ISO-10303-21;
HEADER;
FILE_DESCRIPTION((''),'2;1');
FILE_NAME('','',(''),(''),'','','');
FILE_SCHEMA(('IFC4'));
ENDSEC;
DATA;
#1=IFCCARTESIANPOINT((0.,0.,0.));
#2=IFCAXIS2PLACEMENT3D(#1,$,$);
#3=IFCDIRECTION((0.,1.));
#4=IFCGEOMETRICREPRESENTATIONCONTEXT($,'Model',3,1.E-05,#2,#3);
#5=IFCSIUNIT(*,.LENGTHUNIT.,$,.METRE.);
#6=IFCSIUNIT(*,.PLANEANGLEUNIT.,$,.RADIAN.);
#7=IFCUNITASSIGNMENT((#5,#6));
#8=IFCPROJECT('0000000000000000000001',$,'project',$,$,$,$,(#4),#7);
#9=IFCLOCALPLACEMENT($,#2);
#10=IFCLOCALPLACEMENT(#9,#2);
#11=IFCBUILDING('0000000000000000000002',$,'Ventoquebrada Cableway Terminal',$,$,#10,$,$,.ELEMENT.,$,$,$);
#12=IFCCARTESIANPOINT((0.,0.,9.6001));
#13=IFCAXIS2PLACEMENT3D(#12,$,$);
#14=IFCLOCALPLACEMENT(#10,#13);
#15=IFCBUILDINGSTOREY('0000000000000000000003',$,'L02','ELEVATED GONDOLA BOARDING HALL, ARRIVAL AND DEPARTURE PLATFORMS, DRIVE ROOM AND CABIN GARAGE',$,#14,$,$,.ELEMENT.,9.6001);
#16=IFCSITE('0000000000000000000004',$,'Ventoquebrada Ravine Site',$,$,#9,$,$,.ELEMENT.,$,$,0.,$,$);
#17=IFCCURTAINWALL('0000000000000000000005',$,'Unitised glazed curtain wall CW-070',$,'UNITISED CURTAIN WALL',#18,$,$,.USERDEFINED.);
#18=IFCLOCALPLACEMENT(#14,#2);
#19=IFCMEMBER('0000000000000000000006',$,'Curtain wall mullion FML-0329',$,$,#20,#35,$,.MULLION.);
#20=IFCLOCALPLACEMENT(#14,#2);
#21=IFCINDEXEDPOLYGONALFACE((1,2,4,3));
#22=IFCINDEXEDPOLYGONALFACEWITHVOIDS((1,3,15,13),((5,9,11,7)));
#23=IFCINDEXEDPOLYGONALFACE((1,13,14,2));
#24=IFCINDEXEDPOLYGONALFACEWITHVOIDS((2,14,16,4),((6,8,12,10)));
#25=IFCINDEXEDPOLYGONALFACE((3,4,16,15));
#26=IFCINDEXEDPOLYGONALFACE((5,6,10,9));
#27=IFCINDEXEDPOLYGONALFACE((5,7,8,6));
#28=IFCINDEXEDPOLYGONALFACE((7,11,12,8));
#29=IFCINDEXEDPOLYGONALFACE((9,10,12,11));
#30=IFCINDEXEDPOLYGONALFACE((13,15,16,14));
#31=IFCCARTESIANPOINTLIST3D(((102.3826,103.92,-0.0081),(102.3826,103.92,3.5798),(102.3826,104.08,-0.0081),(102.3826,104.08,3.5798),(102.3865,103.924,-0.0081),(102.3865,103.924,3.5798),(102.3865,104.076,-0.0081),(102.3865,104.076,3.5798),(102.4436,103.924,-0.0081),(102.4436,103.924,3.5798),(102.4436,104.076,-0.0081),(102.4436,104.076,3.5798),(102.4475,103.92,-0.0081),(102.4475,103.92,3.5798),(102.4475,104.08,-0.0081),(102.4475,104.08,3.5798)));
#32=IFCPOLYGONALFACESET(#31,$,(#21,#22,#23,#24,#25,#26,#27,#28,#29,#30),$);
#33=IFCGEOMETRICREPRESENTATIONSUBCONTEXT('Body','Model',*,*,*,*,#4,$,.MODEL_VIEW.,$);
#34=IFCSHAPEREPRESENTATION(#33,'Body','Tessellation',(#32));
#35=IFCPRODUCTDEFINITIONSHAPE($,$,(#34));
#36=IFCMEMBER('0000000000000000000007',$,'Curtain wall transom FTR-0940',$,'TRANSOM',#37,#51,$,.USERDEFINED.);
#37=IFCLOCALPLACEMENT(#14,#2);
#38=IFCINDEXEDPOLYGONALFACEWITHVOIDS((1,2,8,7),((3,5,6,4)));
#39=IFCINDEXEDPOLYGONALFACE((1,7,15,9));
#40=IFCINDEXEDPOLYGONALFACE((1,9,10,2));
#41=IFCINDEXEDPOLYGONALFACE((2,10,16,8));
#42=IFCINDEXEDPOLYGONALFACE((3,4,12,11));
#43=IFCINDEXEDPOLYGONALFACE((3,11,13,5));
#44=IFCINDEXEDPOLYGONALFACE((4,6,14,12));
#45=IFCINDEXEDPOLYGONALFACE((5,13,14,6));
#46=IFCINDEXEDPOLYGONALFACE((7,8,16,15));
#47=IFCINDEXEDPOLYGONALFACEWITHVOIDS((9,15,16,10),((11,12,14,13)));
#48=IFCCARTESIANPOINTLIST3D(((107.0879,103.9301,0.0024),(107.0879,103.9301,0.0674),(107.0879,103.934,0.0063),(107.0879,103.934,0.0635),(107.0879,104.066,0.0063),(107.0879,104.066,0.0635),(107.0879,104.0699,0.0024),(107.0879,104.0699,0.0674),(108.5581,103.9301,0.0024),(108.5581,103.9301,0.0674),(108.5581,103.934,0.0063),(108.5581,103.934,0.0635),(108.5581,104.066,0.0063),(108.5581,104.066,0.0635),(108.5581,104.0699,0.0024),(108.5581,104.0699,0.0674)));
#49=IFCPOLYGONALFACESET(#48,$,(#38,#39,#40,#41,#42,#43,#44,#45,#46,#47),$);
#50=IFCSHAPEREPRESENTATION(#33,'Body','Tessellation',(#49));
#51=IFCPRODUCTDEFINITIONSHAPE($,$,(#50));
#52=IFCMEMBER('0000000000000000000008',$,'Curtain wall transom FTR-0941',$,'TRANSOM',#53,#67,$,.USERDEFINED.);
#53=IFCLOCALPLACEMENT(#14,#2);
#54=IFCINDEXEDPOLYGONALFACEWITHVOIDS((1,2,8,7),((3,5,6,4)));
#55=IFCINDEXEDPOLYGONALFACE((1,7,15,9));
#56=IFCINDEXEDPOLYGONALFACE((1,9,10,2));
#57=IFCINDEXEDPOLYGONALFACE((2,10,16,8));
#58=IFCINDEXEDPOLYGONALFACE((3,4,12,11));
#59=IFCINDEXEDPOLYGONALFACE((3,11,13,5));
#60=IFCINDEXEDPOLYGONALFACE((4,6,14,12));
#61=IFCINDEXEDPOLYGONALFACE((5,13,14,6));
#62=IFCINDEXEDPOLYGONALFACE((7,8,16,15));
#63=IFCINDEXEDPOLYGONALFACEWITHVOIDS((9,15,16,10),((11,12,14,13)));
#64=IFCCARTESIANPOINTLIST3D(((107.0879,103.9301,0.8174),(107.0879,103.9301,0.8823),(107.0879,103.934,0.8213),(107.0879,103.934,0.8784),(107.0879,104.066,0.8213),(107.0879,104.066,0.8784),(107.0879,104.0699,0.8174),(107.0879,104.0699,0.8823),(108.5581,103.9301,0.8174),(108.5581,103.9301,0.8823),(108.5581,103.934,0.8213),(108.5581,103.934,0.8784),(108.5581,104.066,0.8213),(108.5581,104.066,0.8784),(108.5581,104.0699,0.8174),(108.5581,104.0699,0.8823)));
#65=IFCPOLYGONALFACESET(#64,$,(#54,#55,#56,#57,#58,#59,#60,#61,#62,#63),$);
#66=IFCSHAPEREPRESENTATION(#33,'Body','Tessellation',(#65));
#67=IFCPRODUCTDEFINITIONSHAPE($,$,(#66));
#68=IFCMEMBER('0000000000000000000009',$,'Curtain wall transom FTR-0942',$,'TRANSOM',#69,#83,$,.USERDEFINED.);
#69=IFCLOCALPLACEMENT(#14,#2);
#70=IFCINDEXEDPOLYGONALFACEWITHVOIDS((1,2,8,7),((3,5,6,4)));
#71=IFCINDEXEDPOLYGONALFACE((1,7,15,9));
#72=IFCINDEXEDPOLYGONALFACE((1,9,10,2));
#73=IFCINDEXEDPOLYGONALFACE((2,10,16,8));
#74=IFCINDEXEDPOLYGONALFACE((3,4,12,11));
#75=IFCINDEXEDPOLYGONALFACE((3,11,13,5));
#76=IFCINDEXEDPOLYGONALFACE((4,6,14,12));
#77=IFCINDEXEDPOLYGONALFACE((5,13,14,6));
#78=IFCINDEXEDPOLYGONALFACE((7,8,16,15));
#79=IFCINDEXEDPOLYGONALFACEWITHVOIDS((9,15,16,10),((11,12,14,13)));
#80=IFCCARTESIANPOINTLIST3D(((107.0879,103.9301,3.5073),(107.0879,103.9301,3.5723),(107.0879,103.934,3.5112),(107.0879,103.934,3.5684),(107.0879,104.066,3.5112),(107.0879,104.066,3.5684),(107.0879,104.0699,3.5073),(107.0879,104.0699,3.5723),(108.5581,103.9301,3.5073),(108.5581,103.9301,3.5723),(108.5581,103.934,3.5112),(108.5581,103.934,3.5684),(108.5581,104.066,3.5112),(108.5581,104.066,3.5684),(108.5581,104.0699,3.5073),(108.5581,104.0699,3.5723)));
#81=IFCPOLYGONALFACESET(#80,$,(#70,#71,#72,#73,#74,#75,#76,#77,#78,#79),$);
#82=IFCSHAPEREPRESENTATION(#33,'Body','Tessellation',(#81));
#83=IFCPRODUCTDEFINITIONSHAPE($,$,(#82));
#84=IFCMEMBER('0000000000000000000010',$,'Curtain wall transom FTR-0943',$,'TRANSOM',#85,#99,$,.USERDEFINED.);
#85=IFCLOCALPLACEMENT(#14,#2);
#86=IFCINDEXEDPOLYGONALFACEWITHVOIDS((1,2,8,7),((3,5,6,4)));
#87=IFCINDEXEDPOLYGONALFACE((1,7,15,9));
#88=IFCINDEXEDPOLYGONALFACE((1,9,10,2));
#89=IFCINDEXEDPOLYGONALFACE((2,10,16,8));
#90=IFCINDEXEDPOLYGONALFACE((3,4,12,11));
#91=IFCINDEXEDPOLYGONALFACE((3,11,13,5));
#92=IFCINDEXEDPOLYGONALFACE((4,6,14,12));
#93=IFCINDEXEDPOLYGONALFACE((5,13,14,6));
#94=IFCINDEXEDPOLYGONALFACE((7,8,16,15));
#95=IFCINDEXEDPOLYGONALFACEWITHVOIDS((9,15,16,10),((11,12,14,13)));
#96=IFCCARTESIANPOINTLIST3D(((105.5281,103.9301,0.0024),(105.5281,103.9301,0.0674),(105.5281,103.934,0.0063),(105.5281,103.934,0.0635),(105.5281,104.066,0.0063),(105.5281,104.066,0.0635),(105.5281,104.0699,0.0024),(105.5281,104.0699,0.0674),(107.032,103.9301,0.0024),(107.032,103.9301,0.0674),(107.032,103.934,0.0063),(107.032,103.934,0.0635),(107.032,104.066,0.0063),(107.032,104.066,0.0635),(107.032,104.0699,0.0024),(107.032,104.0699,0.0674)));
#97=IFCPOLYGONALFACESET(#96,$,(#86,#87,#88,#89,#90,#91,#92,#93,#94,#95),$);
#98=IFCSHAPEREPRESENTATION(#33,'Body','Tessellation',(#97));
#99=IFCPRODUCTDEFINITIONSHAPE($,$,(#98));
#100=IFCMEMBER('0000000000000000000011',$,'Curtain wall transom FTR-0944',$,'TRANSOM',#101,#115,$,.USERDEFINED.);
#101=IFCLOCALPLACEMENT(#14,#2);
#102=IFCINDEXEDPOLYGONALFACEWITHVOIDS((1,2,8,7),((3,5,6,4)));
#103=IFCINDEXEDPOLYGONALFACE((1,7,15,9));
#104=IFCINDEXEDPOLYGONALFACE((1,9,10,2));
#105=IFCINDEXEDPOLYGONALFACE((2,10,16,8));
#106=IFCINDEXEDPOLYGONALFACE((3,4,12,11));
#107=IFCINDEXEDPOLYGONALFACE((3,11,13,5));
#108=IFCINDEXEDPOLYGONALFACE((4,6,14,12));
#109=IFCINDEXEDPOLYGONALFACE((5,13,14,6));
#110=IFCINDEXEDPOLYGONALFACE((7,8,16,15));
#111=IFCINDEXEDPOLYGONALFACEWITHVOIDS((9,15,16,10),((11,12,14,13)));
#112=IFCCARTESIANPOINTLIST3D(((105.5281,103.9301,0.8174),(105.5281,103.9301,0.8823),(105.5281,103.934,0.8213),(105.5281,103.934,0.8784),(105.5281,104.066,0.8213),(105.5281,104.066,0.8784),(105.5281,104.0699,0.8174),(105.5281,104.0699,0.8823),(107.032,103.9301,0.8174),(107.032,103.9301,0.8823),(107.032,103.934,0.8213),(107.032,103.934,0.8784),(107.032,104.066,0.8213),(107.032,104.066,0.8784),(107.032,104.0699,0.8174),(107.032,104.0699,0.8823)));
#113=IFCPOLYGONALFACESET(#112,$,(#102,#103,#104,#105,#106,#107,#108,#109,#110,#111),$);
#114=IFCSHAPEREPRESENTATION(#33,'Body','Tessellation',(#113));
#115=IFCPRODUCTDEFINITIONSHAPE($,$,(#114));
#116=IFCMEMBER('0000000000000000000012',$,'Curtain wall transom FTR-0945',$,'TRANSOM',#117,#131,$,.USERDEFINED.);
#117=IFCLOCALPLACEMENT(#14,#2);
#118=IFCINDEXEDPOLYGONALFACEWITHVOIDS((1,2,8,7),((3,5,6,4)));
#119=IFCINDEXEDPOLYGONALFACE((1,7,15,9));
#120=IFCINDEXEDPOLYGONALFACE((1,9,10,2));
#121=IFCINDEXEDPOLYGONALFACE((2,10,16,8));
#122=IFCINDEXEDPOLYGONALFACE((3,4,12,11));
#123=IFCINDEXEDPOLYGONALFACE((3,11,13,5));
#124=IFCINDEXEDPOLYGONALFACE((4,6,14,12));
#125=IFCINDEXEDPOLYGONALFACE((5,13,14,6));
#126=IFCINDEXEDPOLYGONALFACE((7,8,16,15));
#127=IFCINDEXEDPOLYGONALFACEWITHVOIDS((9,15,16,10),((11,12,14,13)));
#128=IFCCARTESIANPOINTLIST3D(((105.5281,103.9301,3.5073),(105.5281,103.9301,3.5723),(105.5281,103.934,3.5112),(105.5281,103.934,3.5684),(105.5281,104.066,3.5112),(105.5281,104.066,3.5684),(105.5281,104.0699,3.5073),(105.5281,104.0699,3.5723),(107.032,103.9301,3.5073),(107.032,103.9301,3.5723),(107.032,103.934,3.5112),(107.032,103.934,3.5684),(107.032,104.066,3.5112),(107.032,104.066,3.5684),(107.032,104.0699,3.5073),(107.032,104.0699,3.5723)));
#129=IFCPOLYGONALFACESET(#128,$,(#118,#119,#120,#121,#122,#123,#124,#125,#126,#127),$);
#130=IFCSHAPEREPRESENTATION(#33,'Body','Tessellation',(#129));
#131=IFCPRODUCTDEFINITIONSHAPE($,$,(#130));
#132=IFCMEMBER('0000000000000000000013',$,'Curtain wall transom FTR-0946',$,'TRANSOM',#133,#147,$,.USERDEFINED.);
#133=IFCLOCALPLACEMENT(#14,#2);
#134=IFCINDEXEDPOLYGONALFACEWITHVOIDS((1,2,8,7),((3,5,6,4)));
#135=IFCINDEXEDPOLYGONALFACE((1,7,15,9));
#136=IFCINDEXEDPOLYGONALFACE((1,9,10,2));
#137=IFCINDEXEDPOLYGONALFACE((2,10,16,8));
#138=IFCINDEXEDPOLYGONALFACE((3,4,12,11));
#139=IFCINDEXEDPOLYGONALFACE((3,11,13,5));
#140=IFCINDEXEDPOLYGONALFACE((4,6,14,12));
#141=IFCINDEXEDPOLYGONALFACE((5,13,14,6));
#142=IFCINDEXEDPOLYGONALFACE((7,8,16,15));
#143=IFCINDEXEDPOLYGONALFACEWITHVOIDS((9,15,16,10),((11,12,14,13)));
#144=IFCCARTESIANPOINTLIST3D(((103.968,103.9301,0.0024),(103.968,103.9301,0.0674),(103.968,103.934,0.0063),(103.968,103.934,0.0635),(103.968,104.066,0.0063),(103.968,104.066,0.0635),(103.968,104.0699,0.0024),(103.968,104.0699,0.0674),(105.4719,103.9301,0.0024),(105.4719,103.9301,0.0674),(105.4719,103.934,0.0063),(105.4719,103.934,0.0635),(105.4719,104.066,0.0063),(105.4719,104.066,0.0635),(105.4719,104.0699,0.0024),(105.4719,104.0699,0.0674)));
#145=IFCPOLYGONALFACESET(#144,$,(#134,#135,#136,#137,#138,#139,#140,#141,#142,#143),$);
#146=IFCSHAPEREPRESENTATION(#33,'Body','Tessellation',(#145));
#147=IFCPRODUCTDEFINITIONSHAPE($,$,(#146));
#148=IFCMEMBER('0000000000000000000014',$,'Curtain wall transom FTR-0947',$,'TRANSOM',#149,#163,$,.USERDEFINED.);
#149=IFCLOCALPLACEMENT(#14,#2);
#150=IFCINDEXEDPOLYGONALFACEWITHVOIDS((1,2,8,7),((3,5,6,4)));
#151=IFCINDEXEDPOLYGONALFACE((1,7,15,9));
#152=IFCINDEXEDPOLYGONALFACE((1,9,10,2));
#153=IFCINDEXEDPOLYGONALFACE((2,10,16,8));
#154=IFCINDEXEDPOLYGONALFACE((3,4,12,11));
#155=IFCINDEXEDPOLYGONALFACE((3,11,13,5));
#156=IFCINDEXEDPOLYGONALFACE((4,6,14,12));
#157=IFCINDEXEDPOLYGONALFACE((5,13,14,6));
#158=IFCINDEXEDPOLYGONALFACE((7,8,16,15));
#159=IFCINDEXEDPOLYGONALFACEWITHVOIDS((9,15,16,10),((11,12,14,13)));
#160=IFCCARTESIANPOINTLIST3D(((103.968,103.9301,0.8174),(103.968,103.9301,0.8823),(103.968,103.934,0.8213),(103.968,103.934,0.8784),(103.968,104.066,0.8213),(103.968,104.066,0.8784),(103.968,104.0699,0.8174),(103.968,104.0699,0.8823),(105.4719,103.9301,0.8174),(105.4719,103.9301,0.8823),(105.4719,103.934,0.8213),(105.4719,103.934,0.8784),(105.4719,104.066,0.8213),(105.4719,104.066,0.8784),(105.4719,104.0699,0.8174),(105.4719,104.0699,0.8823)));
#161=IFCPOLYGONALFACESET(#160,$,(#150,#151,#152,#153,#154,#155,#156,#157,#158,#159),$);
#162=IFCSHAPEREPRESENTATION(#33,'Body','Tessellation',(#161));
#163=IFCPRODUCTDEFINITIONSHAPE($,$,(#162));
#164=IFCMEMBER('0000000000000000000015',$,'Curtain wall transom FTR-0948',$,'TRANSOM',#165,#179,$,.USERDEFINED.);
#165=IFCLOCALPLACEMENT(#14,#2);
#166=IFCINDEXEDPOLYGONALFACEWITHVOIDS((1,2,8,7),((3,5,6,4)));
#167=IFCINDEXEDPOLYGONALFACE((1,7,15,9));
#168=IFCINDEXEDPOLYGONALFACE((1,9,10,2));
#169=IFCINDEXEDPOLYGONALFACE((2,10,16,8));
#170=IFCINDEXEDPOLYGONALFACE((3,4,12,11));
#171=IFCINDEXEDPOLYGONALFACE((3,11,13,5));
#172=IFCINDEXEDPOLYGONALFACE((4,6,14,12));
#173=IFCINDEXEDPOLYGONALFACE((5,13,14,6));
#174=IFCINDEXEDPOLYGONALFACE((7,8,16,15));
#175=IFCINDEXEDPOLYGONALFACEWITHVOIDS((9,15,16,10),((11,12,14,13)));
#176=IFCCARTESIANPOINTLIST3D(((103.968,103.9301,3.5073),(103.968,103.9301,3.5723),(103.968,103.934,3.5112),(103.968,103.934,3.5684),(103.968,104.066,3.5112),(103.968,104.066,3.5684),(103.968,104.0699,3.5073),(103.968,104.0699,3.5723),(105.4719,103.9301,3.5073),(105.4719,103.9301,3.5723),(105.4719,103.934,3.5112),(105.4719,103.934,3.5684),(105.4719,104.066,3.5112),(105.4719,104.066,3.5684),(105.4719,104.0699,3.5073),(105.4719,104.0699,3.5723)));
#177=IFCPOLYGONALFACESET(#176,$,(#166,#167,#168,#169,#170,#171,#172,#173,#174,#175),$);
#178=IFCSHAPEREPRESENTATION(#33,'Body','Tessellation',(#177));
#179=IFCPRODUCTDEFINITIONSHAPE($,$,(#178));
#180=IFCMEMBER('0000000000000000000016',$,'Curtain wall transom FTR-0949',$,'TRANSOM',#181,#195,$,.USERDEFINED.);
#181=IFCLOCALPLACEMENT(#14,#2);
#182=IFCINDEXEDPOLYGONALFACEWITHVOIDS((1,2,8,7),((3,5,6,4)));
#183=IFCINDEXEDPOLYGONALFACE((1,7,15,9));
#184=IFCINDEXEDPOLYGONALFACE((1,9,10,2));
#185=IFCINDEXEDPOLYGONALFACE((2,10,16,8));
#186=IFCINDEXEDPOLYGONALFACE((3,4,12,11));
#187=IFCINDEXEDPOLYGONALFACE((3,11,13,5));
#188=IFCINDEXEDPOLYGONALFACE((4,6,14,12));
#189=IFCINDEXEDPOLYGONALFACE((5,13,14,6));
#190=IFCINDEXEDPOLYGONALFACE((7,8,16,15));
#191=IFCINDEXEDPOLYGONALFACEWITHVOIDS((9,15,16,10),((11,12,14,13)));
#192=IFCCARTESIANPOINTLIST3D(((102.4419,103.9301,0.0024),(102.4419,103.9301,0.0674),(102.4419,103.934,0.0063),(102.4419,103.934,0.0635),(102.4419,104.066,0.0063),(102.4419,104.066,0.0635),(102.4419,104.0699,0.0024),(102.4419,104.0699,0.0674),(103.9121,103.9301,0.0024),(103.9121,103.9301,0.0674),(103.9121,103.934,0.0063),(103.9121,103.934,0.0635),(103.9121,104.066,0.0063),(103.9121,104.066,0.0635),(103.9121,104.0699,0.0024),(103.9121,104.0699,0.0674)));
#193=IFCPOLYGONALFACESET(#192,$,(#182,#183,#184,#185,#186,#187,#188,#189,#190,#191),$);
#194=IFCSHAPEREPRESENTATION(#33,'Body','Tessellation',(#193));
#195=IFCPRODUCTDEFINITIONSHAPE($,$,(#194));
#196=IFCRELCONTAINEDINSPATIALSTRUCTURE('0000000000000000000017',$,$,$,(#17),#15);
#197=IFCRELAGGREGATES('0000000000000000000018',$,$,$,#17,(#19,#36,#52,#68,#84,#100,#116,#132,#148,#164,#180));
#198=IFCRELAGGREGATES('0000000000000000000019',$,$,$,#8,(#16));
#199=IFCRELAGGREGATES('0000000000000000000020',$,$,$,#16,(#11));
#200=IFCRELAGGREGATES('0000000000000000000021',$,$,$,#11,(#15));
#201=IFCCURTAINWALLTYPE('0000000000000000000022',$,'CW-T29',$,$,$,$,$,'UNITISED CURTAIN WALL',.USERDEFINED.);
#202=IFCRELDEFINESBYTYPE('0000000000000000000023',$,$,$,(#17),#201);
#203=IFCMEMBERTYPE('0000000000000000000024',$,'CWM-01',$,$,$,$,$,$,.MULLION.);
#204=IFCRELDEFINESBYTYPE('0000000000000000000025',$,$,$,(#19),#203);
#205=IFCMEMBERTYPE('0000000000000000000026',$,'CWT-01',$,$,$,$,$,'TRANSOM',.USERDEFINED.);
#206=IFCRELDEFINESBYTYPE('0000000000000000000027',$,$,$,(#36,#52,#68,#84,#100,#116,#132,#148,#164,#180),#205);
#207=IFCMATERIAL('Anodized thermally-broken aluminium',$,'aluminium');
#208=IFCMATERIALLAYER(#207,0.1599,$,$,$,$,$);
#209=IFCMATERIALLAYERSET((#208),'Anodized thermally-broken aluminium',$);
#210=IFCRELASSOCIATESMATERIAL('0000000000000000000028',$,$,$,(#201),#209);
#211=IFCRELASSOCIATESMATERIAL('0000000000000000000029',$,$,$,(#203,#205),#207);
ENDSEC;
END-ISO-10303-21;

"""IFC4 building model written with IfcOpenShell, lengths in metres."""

from ifc_helpers import new_model, si_unit, direction, frame, origin, origin_2d, place, context, subcontext, project, spatial, hollow_rectangle, extrude, material, layer, layer_set, material_profile, profile_set, type_object, element, aggregate, save


model = new_model("IFC4")

# Units and contexts
model_context = context("Model", 3, precision=1e-05, world=origin(), true_north=direction((0.0, 1.0)))
body_context = subcontext(model_context, "Body", "Model", "MODEL_VIEW")
ifc_project = project(units=[si_unit("LENGTHUNIT", "METRE"), si_unit("PLANEANGLEUNIT", "RADIAN")], contexts=[model_context])

# Site, building, storey
site_placement = place(None, origin())
site = spatial("IfcSite", under=ifc_project, at=site_placement, Name="Ventoquebrada Ravine Site", CompositionType="ELEMENT", RefElevation=0.0)
building_placement = place(site_placement, origin())
building = spatial("IfcBuilding", under=site, at=building_placement, Name="Ventoquebrada Cableway Terminal", CompositionType="ELEMENT")
storey_placement = place(building_placement, frame((0.0, 0.0, 9.6001)))
storey = spatial("IfcBuildingStorey", under=building, at=storey_placement, Name="L02", Description="ELEVATED GONDOLA BOARDING HALL, ARRIVAL AND DEPARTURE PLATFORMS, DRIVE ROOM AND CABIN GARAGE", CompositionType="ELEMENT", Elevation=9.6001)

# Shared definitions
ifc_material_1 = material(Name="Anodized thermally-broken aluminium", Category="aluminium")
ifc_layer_1 = layer(ifc_material_1, 0.1599)
ifc_layer_set_1 = layer_set([ifc_layer_1], Name="Anodized thermally-broken aluminium")
curtain_wall_type = type_object("IfcCurtainWallType", Name="CW-T29", ElementType="UNITISED CURTAIN WALL", PredefinedType="USERDEFINED", material=ifc_layer_set_1)
ifc_material_profile_1 = material_profile(ifc_material_1, hollow_rectangle(XDim=0.0649, YDim=0.1599, WallThickness=0.0039, at=origin_2d()), Name="CW-MUL-65X160")
ifc_profile_set_1 = profile_set([ifc_material_profile_1], Name="Anodized thermally-broken aluminium")
member_type_1 = type_object("IfcMemberType", Name="CWM-01", PredefinedType="MULLION", material=ifc_profile_set_1)

# Curtain wall, members
curtain_wall_1_placement = place(storey_placement, origin())
curtain_wall_1 = element("IfcCurtainWall", 1, at=curtain_wall_1_placement, inside=storey, type_object=curtain_wall_type, Name="Unitised glazed curtain wall CW-070", ObjectType="UNITISED CURTAIN WALL", PredefinedType="USERDEFINED")
member_1_placement = place(storey_placement, frame((102.415, 104.0, -0.0081), z_axis=(0.0, 0.0, 1.0), x_axis=(-1.0, 0.0, 0.0)))
member_1 = element("IfcMember", 2, at=member_1_placement, type_object=member_type_1, Name="Curtain wall mullion FML-0329", PredefinedType="MULLION", context=body_context, shape_type="SweptSolid", body=[
    extrude(hollow_rectangle(XDim=0.0649, YDim=0.1599, WallThickness=0.0039, at=origin_2d()), origin(), (0.0, 0.0, 1.0), 3.5879),
])
ifc_material_profile_2 = material_profile(ifc_material_1, hollow_rectangle(XDim=0.0649, YDim=0.1399, WallThickness=0.0039, at=origin_2d()), Name="CW-TRN-65X140")
ifc_profile_set_2 = profile_set([ifc_material_profile_2], Name="Anodized thermally-broken aluminium")
member_type_2 = type_object("IfcMemberType", Name="CWT-01", ElementType="TRANSOM", PredefinedType="USERDEFINED", material=ifc_profile_set_2)
member_2_placement = place(storey_placement, frame((108.5581, 104.0, 0.0349), z_axis=(-1.0, 0.0, 0.0), x_axis=(0.0, 0.0, 1.0)))
member_2 = element("IfcMember", 3, at=member_2_placement, type_object=member_type_2, Name="Curtain wall transom FTR-0940", ObjectType="TRANSOM", PredefinedType="USERDEFINED", context=body_context, shape_type="SweptSolid", body=[
    extrude(hollow_rectangle(XDim=0.0649, YDim=0.1399, WallThickness=0.0039, at=origin_2d()), origin(), (0.0, 0.0, 1.0), 1.4702),
])
member_3_placement = place(storey_placement, frame((108.5581, 104.0, 0.8499), z_axis=(-1.0, 0.0, 0.0), x_axis=(0.0, 0.0, 1.0)))
member_3 = element("IfcMember", 4, at=member_3_placement, type_object=member_type_2, Name="Curtain wall transom FTR-0941", ObjectType="TRANSOM", PredefinedType="USERDEFINED", context=body_context, shape_type="SweptSolid", body=[
    extrude(hollow_rectangle(XDim=0.0649, YDim=0.1399, WallThickness=0.0039, at=origin_2d()), origin(), (0.0, 0.0, 1.0), 1.4702),
])
member_4_placement = place(storey_placement, frame((108.5581, 104.0, 3.5398), z_axis=(-1.0, 0.0, 0.0), x_axis=(0.0, 0.0, 1.0)))
member_4 = element("IfcMember", 5, at=member_4_placement, type_object=member_type_2, Name="Curtain wall transom FTR-0942", ObjectType="TRANSOM", PredefinedType="USERDEFINED", context=body_context, shape_type="SweptSolid", body=[
    extrude(hollow_rectangle(XDim=0.0649, YDim=0.1399, WallThickness=0.0039, at=origin_2d()), origin(), (0.0, 0.0, 1.0), 1.4702),
])
member_5_placement = place(storey_placement, frame((107.032, 104.0, 0.0349), z_axis=(-1.0, 0.0, 0.0), x_axis=(0.0, 0.0, 1.0)))
member_5 = element("IfcMember", 6, at=member_5_placement, type_object=member_type_2, Name="Curtain wall transom FTR-0943", ObjectType="TRANSOM", PredefinedType="USERDEFINED", context=body_context, shape_type="SweptSolid", body=[
    extrude(hollow_rectangle(XDim=0.0649, YDim=0.1399, WallThickness=0.0039, at=origin_2d()), origin(), (0.0, 0.0, 1.0), 1.5039),
])
member_6_placement = place(storey_placement, frame((107.032, 104.0, 0.8499), z_axis=(-1.0, 0.0, 0.0), x_axis=(0.0, 0.0, 1.0)))
member_6 = element("IfcMember", 7, at=member_6_placement, type_object=member_type_2, Name="Curtain wall transom FTR-0944", ObjectType="TRANSOM", PredefinedType="USERDEFINED", context=body_context, shape_type="SweptSolid", body=[
    extrude(hollow_rectangle(XDim=0.0649, YDim=0.1399, WallThickness=0.0039, at=origin_2d()), origin(), (0.0, 0.0, 1.0), 1.5039),
])
member_7_placement = place(storey_placement, frame((107.032, 104.0, 3.5398), z_axis=(-1.0, 0.0, 0.0), x_axis=(0.0, 0.0, 1.0)))
member_7 = element("IfcMember", 8, at=member_7_placement, type_object=member_type_2, Name="Curtain wall transom FTR-0945", ObjectType="TRANSOM", PredefinedType="USERDEFINED", context=body_context, shape_type="SweptSolid", body=[
    extrude(hollow_rectangle(XDim=0.0649, YDim=0.1399, WallThickness=0.0039, at=origin_2d()), origin(), (0.0, 0.0, 1.0), 1.5039),
])
member_8_placement = place(storey_placement, frame((105.4719, 104.0, 0.0349), z_axis=(-1.0, 0.0, 0.0), x_axis=(0.0, 0.0, 1.0)))
member_8 = element("IfcMember", 9, at=member_8_placement, type_object=member_type_2, Name="Curtain wall transom FTR-0946", ObjectType="TRANSOM", PredefinedType="USERDEFINED", context=body_context, shape_type="SweptSolid", body=[
    extrude(hollow_rectangle(XDim=0.0649, YDim=0.1399, WallThickness=0.0039, at=origin_2d()), origin(), (0.0, 0.0, 1.0), 1.5039),
])
member_9_placement = place(storey_placement, frame((105.4719, 104.0, 0.8499), z_axis=(-1.0, 0.0, 0.0), x_axis=(0.0, 0.0, 1.0)))
member_9 = element("IfcMember", 10, at=member_9_placement, type_object=member_type_2, Name="Curtain wall transom FTR-0947", ObjectType="TRANSOM", PredefinedType="USERDEFINED", context=body_context, shape_type="SweptSolid", body=[
    extrude(hollow_rectangle(XDim=0.0649, YDim=0.1399, WallThickness=0.0039, at=origin_2d()), origin(), (0.0, 0.0, 1.0), 1.5039),
])
member_10_placement = place(storey_placement, frame((105.4719, 104.0, 3.5398), z_axis=(-1.0, 0.0, 0.0), x_axis=(0.0, 0.0, 1.0)))
member_10 = element("IfcMember", 11, at=member_10_placement, type_object=member_type_2, Name="Curtain wall transom FTR-0948", ObjectType="TRANSOM", PredefinedType="USERDEFINED", context=body_context, shape_type="SweptSolid", body=[
    extrude(hollow_rectangle(XDim=0.0649, YDim=0.1399, WallThickness=0.0039, at=origin_2d()), origin(), (0.0, 0.0, 1.0), 1.5039),
])
member_11_placement = place(storey_placement, frame((103.9121, 104.0, 0.0349), z_axis=(-1.0, 0.0, 0.0), x_axis=(0.0, 0.0, 1.0)))
member_11 = element("IfcMember", 12, at=member_11_placement, type_object=member_type_2, Name="Curtain wall transom FTR-0949", ObjectType="TRANSOM", PredefinedType="USERDEFINED", context=body_context, shape_type="SweptSolid", body=[
    extrude(hollow_rectangle(XDim=0.0649, YDim=0.1399, WallThickness=0.0039, at=origin_2d()), origin(), (0.0, 0.0, 1.0), 1.4702),
])

aggregate(curtain_wall_1, [member_1, member_2, member_3, member_4, member_5, member_6, member_7, member_8, member_9, member_10, member_11])

save(model, "model.ifc")
